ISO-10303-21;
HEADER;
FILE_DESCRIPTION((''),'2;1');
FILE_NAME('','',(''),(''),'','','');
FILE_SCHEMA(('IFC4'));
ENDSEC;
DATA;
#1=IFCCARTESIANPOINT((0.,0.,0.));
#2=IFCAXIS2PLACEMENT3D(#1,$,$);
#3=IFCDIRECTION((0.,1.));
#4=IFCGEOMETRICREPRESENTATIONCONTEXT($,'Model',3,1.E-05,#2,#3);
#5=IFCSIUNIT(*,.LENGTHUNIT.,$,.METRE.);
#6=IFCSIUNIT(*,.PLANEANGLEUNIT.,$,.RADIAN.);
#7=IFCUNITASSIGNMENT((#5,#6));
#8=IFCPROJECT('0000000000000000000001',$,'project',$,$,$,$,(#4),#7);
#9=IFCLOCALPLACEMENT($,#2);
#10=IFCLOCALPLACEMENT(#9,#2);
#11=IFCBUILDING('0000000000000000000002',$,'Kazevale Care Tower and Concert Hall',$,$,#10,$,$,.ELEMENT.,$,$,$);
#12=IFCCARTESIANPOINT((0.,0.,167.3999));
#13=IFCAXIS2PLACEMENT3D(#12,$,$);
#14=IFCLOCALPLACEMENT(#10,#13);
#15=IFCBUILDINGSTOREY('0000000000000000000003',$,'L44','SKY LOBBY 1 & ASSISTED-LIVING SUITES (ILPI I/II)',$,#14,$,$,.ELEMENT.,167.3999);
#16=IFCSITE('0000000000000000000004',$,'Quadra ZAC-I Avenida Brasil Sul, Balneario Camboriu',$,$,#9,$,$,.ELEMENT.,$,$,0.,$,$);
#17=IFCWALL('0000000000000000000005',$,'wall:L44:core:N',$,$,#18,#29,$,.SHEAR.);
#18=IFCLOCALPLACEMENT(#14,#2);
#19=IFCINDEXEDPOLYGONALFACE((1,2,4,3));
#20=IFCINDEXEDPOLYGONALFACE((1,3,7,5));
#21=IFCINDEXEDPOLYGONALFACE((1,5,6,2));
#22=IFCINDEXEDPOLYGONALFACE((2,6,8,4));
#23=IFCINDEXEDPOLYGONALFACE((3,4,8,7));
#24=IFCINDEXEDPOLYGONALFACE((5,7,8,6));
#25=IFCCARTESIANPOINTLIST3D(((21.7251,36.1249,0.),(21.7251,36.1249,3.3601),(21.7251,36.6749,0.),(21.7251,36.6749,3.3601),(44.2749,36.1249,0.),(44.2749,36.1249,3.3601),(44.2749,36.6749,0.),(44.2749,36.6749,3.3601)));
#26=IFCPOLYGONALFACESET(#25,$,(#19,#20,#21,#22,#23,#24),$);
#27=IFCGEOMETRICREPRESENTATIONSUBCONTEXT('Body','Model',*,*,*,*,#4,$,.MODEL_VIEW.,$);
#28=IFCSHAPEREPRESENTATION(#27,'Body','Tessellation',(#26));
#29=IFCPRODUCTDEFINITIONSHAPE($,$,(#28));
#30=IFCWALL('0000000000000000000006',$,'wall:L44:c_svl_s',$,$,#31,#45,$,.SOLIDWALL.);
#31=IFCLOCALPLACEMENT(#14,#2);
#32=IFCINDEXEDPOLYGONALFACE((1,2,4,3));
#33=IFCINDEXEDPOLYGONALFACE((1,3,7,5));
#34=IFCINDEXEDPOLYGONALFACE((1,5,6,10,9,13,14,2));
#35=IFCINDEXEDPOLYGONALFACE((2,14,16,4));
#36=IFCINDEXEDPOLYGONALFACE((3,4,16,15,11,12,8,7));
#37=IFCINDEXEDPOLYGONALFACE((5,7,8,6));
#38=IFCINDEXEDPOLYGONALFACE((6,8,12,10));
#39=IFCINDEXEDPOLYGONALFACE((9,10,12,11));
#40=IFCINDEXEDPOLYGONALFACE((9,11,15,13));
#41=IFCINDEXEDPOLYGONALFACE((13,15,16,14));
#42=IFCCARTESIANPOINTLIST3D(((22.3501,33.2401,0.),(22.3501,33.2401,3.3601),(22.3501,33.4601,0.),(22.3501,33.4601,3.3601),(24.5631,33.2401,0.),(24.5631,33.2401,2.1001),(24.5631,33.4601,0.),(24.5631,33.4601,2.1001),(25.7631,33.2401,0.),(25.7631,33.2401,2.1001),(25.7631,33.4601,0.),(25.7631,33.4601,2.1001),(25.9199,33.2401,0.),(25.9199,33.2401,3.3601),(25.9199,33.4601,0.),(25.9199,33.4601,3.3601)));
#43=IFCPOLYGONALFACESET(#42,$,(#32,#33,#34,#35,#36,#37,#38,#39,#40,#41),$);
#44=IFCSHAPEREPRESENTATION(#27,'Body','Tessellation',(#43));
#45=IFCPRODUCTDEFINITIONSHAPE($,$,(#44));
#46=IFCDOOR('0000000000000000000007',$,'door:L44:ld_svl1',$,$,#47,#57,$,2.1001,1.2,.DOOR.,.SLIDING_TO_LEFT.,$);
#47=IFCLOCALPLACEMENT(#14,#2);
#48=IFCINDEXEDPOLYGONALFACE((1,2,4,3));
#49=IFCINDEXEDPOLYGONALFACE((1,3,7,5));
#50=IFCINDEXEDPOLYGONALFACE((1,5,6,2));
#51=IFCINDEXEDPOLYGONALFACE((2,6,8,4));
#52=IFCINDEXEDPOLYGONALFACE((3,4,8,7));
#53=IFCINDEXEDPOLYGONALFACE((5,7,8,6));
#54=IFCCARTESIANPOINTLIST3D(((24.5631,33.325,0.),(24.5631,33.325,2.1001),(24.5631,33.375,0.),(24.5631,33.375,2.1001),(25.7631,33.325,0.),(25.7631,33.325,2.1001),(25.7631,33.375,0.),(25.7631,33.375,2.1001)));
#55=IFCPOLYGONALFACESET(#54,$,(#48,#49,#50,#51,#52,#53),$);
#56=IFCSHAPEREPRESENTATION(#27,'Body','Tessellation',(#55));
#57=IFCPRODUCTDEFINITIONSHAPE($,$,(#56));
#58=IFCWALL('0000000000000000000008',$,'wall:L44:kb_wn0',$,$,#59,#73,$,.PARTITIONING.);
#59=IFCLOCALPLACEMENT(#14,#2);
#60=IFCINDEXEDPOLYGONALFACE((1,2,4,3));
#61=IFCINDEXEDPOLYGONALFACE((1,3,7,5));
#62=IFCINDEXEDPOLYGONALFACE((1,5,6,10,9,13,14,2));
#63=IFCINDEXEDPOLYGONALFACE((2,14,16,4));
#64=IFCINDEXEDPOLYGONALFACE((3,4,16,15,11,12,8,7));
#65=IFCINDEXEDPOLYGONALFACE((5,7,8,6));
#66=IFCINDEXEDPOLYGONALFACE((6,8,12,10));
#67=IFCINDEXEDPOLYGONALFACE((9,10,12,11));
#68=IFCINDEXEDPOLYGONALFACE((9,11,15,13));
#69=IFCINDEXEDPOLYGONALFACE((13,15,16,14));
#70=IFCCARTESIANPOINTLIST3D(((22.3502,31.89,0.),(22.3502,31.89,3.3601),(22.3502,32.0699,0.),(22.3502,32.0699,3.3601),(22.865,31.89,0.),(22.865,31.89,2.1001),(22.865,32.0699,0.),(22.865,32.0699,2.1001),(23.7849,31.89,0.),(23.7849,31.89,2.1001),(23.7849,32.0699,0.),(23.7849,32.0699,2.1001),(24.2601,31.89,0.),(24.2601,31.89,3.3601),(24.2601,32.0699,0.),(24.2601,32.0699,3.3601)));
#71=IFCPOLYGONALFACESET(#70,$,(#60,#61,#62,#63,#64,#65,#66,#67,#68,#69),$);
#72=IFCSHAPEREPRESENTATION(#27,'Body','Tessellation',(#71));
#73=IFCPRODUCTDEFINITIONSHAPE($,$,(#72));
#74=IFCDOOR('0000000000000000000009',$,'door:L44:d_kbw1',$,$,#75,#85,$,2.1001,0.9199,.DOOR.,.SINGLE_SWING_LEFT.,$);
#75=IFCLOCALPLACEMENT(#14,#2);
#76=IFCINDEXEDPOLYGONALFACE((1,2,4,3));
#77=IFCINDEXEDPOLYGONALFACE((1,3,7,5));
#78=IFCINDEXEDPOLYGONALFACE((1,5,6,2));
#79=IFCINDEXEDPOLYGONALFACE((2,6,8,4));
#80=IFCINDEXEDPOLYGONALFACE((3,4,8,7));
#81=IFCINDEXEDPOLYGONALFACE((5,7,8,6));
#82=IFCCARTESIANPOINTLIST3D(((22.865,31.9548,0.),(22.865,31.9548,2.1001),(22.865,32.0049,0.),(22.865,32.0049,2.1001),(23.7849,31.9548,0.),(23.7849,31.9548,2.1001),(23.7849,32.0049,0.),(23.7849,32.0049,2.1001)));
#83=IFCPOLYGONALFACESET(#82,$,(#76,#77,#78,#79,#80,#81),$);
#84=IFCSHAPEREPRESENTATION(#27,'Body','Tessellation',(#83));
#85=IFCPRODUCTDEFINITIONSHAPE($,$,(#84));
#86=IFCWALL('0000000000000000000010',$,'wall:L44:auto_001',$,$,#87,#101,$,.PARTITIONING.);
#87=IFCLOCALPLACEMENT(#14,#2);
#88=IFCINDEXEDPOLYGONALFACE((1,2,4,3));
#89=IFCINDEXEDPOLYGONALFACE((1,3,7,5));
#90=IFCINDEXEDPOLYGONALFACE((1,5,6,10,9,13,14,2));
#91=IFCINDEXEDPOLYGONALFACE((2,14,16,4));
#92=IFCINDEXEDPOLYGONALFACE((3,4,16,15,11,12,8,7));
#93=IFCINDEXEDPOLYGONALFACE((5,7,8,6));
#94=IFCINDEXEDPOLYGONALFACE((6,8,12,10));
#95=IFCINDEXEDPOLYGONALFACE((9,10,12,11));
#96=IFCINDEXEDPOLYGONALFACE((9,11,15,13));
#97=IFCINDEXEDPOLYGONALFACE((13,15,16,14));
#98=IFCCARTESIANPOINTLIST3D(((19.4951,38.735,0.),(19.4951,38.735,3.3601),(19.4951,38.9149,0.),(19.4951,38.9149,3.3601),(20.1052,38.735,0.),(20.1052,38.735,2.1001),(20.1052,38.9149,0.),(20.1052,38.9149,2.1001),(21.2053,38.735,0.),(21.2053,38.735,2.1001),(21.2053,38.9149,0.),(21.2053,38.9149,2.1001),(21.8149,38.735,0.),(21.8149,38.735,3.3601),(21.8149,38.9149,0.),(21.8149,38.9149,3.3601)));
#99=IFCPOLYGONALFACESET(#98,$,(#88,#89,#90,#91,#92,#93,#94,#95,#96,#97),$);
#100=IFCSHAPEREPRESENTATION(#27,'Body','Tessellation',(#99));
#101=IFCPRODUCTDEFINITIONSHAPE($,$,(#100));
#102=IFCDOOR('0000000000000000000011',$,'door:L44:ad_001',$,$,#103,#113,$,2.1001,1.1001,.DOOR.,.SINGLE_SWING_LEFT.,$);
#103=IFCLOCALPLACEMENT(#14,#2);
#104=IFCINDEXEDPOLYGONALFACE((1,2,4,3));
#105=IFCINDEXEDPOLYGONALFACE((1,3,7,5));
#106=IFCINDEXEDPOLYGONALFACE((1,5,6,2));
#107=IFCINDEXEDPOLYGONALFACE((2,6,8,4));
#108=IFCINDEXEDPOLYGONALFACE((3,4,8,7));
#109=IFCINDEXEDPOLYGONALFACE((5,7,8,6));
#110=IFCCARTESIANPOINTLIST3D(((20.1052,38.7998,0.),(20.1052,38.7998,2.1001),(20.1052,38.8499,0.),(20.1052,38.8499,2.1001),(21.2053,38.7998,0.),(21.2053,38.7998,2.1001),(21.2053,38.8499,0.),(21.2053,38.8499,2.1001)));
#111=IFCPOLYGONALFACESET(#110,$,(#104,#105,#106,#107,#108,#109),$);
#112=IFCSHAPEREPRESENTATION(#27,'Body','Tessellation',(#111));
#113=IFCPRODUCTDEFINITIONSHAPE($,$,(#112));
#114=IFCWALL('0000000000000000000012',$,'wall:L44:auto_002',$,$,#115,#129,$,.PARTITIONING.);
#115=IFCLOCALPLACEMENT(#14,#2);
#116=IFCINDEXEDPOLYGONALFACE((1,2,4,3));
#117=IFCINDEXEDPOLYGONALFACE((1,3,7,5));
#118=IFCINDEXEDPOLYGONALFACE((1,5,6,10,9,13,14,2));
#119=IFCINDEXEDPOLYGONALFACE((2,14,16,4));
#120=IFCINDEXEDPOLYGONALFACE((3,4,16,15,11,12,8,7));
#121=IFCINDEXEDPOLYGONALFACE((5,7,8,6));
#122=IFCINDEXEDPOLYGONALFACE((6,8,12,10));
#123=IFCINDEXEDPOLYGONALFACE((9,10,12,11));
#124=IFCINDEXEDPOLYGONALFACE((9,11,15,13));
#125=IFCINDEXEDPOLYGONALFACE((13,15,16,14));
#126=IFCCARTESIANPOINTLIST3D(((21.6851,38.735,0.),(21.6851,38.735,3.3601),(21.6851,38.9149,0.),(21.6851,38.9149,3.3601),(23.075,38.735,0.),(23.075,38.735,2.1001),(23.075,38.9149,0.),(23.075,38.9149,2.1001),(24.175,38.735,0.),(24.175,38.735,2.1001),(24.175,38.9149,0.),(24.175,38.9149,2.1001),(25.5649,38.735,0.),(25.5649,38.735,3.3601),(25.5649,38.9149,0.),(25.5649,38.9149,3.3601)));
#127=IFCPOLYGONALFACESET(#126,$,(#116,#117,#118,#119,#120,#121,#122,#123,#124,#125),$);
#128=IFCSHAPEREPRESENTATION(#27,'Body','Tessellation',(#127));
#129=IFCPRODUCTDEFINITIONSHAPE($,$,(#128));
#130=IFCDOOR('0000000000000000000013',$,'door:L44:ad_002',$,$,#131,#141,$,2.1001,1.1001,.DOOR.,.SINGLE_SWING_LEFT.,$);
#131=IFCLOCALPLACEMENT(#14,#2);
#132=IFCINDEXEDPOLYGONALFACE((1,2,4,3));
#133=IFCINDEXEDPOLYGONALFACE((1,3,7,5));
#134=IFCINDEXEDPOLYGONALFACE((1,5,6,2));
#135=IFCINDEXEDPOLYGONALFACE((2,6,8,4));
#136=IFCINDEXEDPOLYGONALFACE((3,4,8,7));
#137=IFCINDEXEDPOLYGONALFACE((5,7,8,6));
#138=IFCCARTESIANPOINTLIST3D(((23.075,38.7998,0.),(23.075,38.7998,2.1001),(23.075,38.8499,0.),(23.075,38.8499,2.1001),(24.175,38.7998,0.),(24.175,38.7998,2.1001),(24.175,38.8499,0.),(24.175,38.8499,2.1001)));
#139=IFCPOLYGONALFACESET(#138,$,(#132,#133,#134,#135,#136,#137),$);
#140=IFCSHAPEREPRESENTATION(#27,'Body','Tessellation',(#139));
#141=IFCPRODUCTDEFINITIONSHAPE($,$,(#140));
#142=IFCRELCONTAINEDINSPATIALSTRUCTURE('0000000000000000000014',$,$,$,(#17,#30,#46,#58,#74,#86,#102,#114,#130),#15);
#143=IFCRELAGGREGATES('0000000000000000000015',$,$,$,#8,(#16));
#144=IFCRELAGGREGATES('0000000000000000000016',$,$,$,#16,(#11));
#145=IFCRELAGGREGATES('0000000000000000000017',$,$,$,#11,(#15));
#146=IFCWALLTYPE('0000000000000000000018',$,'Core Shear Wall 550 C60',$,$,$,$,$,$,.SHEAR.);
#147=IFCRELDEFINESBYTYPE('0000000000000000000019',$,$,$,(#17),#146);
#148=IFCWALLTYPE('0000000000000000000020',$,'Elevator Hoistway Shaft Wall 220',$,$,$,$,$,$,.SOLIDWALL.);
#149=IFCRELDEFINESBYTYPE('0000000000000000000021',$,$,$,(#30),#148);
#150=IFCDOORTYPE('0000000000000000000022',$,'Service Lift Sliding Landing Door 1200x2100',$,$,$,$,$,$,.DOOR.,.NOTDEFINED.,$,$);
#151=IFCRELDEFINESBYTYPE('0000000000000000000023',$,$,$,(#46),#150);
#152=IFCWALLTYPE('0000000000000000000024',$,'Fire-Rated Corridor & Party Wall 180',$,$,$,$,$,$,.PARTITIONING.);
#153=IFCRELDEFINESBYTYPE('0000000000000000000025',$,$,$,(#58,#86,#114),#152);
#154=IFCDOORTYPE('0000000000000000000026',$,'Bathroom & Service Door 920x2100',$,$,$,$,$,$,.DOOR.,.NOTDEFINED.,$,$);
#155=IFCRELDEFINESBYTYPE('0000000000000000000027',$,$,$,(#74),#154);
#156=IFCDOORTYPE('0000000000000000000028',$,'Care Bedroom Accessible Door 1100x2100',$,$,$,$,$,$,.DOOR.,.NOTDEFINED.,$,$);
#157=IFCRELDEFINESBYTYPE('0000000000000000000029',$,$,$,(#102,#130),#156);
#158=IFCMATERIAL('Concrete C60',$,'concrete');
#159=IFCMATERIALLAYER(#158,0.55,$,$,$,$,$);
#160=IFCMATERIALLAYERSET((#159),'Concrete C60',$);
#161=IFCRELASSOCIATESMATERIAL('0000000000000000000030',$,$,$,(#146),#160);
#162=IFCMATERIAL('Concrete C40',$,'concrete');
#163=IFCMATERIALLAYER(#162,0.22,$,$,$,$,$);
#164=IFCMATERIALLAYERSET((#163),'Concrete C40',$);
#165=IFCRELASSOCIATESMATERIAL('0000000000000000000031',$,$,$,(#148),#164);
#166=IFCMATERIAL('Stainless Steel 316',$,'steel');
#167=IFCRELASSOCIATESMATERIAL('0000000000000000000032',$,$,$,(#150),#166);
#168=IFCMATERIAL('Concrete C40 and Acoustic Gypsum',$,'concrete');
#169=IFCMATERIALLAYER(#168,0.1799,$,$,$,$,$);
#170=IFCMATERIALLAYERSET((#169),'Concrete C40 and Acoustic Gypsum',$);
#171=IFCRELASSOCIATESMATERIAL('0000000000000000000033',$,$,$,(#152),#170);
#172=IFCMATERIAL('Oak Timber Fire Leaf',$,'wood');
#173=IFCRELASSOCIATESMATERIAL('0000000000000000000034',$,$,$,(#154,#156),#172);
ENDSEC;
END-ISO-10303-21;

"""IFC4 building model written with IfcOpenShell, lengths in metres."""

from ifc_helpers import new_model, si_unit, direction, frame, frame_2d, origin, place, context, subcontext, project, spatial, rectangle, extrude, material, layer, layer_set, type_object, element, fill, save


model = new_model("IFC4")

# Units and contexts
model_context = context("Model", 3, precision=1e-05, world=origin(), true_north=direction((0.0, 1.0)))
body_context = subcontext(model_context, "Body", "Model", "MODEL_VIEW")
ifc_project = project(units=[si_unit("LENGTHUNIT", "METRE"), si_unit("PLANEANGLEUNIT", "RADIAN")], contexts=[model_context])

# Site, building, storey
site_placement = place(None, origin())
site = spatial("IfcSite", under=ifc_project, at=site_placement, Name="Quadra ZAC-I Avenida Brasil Sul, Balneario Camboriu", CompositionType="ELEMENT", RefElevation=0.0)
building_placement = place(site_placement, origin())
building = spatial("IfcBuilding", under=site, at=building_placement, Name="Kazevale Care Tower and Concert Hall", CompositionType="ELEMENT")
storey_placement = place(building_placement, frame((0.0, 0.0, 167.3999)))
storey = spatial("IfcBuildingStorey", under=building, at=storey_placement, Name="L44", Description="SKY LOBBY 1 & ASSISTED-LIVING SUITES (ILPI I/II)", CompositionType="ELEMENT", Elevation=167.3999)

# Shared definitions
ifc_material_1 = material(Name="Concrete C60", Category="concrete")

# Wall
ifc_layer_1 = layer(ifc_material_1, 0.55)
ifc_layer_set_1 = layer_set([ifc_layer_1], Name="Concrete C60")
wall_type_1 = type_object("IfcWallType", Name="Core Shear Wall 550 C60", PredefinedType="SHEAR", material=ifc_layer_set_1)
wall_1_placement = place(storey_placement, frame((21.7251, 36.3999, 0.0), z_axis=(0.0, 0.0, 1.0), x_axis=(1.0, 0.0, 0.0)))
element("IfcWall", 1, at=wall_1_placement, inside=storey, type_object=wall_type_1, Name="wall:L44:core:N", PredefinedType="SHEAR", context=body_context, shape_type="SweptSolid", body=[
    extrude(rectangle(XDim=22.5498, YDim=0.55, at=frame_2d((11.2749, 0.0))), origin(), (0.0, 0.0, 1.0), 3.3601),
])

# Walls, openings, doors
ifc_material_2 = material(Name="Concrete C40", Category="concrete")
ifc_layer_2 = layer(ifc_material_2, 0.22)
ifc_layer_set_2 = layer_set([ifc_layer_2], Name="Concrete C40")
wall_type_2 = type_object("IfcWallType", Name="Elevator Hoistway Shaft Wall 220", PredefinedType="SOLIDWALL", material=ifc_layer_set_2)
wall_2_placement = place(storey_placement, frame((22.3501, 33.3501, 0.0), z_axis=(0.0, 0.0, 1.0), x_axis=(1.0, 0.0, 0.0)))
wall_2 = element("IfcWall", 2, at=wall_2_placement, inside=storey, type_object=wall_type_2, Name="wall:L44:c_svl_s", PredefinedType="SOLIDWALL", context=body_context, shape_type="SweptSolid", body=[
    extrude(rectangle(XDim=3.5698, YDim=0.22, at=frame_2d((1.7849, 0.0))), origin(), (0.0, 0.0, 1.0), 3.3601),
])
opening_1_placement = place(wall_2_placement, frame((2.2129, 0.0, 0.0)))
opening_1 = element("IfcOpeningElement", 3, at=opening_1_placement, cuts=wall_2, PredefinedType="OPENING", context=body_context, shape_type="SweptSolid", body=[
    extrude(rectangle(XDim=1.2, YDim=2.1001, at=frame_2d((0.6001, 1.05))), frame((0.0, 0.1199, 0.0), z_axis=(0.0, -1.0, 0.0), x_axis=(1.0, 0.0, 0.0)), (0.0, 0.0, 1.0), 0.24),
])
ifc_material_3 = material(Name="Stainless Steel 316", Category="steel")
door_type_1 = type_object("IfcDoorType", Name="Service Lift Sliding Landing Door 1200x2100", OperationType="NOTDEFINED", PredefinedType="DOOR", material=ifc_material_3)
door_1_placement = place(opening_1_placement, origin())
door_1 = element("IfcDoor", 4, at=door_1_placement, inside=storey, type_object=door_type_1, Name="door:L44:ld_svl1", OperationType="SLIDING_TO_LEFT", OverallHeight=2.1001, OverallWidth=1.2, PredefinedType="DOOR", context=body_context, shape_type="SweptSolid", body=[
    extrude(rectangle(XDim=1.2, YDim=2.1001, at=frame_2d((0.6001, 1.05))), frame((0.0, 0.0249, 0.0), z_axis=(0.0, -1.0, 0.0), x_axis=(1.0, 0.0, 0.0)), (0.0, 0.0, 1.0), 0.05),
])
fill(opening_1, door_1)
ifc_material_4 = material(Name="Concrete C40 and Acoustic Gypsum", Category="concrete")
ifc_layer_3 = layer(ifc_material_4, 0.1799)
ifc_layer_set_3 = layer_set([ifc_layer_3], Name="Concrete C40 and Acoustic Gypsum")
wall_type_3 = type_object("IfcWallType", Name="Fire-Rated Corridor & Party Wall 180", PredefinedType="PARTITIONING", material=ifc_layer_set_3)
wall_3_placement = place(storey_placement, frame((22.3501, 31.98, 0.0), z_axis=(0.0, 0.0, 1.0), x_axis=(1.0, 0.0, 0.0)))
wall_3 = element("IfcWall", 5, at=wall_3_placement, inside=storey, type_object=wall_type_3, Name="wall:L44:kb_wn0", PredefinedType="PARTITIONING", context=body_context, shape_type="SweptSolid", body=[
    extrude(rectangle(XDim=1.9099, YDim=0.1799, at=frame_2d((0.9551, 0.0))), origin(), (0.0, 0.0, 1.0), 3.3601),
])
opening_2_placement = place(wall_3_placement, frame((0.5149, 0.0, 0.0)))
opening_2 = element("IfcOpeningElement", 6, at=opening_2_placement, cuts=wall_3, PredefinedType="OPENING", context=body_context, shape_type="SweptSolid", body=[
    extrude(rectangle(XDim=0.9199, YDim=2.1001, at=frame_2d((0.46, 1.05))), frame((0.0, 0.0999, 0.0), z_axis=(0.0, -1.0, 0.0), x_axis=(1.0, 0.0, 0.0)), (0.0, 0.0, 1.0), 0.2),
])
ifc_material_5 = material(Name="Oak Timber Fire Leaf", Category="wood")
door_type_2 = type_object("IfcDoorType", Name="Bathroom & Service Door 920x2100", OperationType="NOTDEFINED", PredefinedType="DOOR", material=ifc_material_5)
door_2_placement = place(opening_2_placement, origin())
door_2 = element("IfcDoor", 7, at=door_2_placement, inside=storey, type_object=door_type_2, Name="door:L44:d_kbw1", OperationType="SINGLE_SWING_LEFT", OverallHeight=2.1001, OverallWidth=0.9199, PredefinedType="DOOR", context=body_context, shape_type="SweptSolid", body=[
    extrude(rectangle(XDim=0.9199, YDim=2.1001, at=frame_2d((0.46, 1.05))), frame((0.0, 0.0249, 0.0), z_axis=(0.0, -1.0, 0.0), x_axis=(1.0, 0.0, 0.0)), (0.0, 0.0, 1.0), 0.05),
])
fill(opening_2, door_2)
wall_4_placement = place(storey_placement, frame((19.4951, 38.825, 0.0), z_axis=(0.0, 0.0, 1.0), x_axis=(1.0, 0.0, 0.0)))
wall_4 = element("IfcWall", 8, at=wall_4_placement, inside=storey, type_object=wall_type_3, Name="wall:L44:auto_001", PredefinedType="PARTITIONING", context=body_context, shape_type="SweptSolid", body=[
    extrude(rectangle(XDim=2.3198, YDim=0.1799, at=frame_2d((1.1599, 0.0))), origin(), (0.0, 0.0, 1.0), 3.3601),
])
opening_3_placement = place(wall_4_placement, frame((0.6101, 0.0, 0.0)))
opening_3 = element("IfcOpeningElement", 9, at=opening_3_placement, cuts=wall_4, PredefinedType="OPENING", context=body_context, shape_type="SweptSolid", body=[
    extrude(rectangle(XDim=1.1001, YDim=2.1001, at=frame_2d((0.55, 1.05))), frame((0.0, 0.0999, 0.0), z_axis=(0.0, -1.0, 0.0), x_axis=(1.0, 0.0, 0.0)), (0.0, 0.0, 1.0), 0.2),
])
door_type_3 = type_object("IfcDoorType", Name="Care Bedroom Accessible Door 1100x2100", OperationType="NOTDEFINED", PredefinedType="DOOR", material=ifc_material_5)
door_3_placement = place(opening_3_placement, origin())
door_3 = element("IfcDoor", 10, at=door_3_placement, inside=storey, type_object=door_type_3, Name="door:L44:ad_001", OperationType="SINGLE_SWING_LEFT", OverallHeight=2.1001, OverallWidth=1.1001, PredefinedType="DOOR", context=body_context, shape_type="SweptSolid", body=[
    extrude(rectangle(XDim=1.1001, YDim=2.1001, at=frame_2d((0.55, 1.05))), frame((0.0, 0.0249, 0.0), z_axis=(0.0, -1.0, 0.0), x_axis=(1.0, 0.0, 0.0)), (0.0, 0.0, 1.0), 0.05),
])
fill(opening_3, door_3)
wall_5_placement = place(storey_placement, frame((21.6851, 38.825, 0.0), z_axis=(0.0, 0.0, 1.0), x_axis=(1.0, 0.0, 0.0)))
wall_5 = element("IfcWall", 11, at=wall_5_placement, inside=storey, type_object=wall_type_3, Name="wall:L44:auto_002", PredefinedType="PARTITIONING", context=body_context, shape_type="SweptSolid", body=[
    extrude(rectangle(XDim=3.8799, YDim=0.1799, at=frame_2d((1.9399, 0.0))), origin(), (0.0, 0.0, 1.0), 3.3601),
])
opening_4_placement = place(wall_5_placement, frame((1.3899, 0.0, 0.0)))
opening_4 = element("IfcOpeningElement", 12, at=opening_4_placement, cuts=wall_5, PredefinedType="OPENING", context=body_context, shape_type="SweptSolid", body=[
    extrude(rectangle(XDim=1.1001, YDim=2.1001, at=frame_2d((0.55, 1.05))), frame((0.0, 0.0999, 0.0), z_axis=(0.0, -1.0, 0.0), x_axis=(1.0, 0.0, 0.0)), (0.0, 0.0, 1.0), 0.2),
])
door_4_placement = place(opening_4_placement, origin())
door_4 = element("IfcDoor", 13, at=door_4_placement, inside=storey, type_object=door_type_3, Name="door:L44:ad_002", OperationType="SINGLE_SWING_LEFT", OverallHeight=2.1001, OverallWidth=1.1001, PredefinedType="DOOR", context=body_context, shape_type="SweptSolid", body=[
    extrude(rectangle(XDim=1.1001, YDim=2.1001, at=frame_2d((0.55, 1.05))), frame((0.0, 0.0249, 0.0), z_axis=(0.0, -1.0, 0.0), x_axis=(1.0, 0.0, 0.0)), (0.0, 0.0, 1.0), 0.05),
])
fill(opening_4, door_4)

save(model, "model.ifc")
